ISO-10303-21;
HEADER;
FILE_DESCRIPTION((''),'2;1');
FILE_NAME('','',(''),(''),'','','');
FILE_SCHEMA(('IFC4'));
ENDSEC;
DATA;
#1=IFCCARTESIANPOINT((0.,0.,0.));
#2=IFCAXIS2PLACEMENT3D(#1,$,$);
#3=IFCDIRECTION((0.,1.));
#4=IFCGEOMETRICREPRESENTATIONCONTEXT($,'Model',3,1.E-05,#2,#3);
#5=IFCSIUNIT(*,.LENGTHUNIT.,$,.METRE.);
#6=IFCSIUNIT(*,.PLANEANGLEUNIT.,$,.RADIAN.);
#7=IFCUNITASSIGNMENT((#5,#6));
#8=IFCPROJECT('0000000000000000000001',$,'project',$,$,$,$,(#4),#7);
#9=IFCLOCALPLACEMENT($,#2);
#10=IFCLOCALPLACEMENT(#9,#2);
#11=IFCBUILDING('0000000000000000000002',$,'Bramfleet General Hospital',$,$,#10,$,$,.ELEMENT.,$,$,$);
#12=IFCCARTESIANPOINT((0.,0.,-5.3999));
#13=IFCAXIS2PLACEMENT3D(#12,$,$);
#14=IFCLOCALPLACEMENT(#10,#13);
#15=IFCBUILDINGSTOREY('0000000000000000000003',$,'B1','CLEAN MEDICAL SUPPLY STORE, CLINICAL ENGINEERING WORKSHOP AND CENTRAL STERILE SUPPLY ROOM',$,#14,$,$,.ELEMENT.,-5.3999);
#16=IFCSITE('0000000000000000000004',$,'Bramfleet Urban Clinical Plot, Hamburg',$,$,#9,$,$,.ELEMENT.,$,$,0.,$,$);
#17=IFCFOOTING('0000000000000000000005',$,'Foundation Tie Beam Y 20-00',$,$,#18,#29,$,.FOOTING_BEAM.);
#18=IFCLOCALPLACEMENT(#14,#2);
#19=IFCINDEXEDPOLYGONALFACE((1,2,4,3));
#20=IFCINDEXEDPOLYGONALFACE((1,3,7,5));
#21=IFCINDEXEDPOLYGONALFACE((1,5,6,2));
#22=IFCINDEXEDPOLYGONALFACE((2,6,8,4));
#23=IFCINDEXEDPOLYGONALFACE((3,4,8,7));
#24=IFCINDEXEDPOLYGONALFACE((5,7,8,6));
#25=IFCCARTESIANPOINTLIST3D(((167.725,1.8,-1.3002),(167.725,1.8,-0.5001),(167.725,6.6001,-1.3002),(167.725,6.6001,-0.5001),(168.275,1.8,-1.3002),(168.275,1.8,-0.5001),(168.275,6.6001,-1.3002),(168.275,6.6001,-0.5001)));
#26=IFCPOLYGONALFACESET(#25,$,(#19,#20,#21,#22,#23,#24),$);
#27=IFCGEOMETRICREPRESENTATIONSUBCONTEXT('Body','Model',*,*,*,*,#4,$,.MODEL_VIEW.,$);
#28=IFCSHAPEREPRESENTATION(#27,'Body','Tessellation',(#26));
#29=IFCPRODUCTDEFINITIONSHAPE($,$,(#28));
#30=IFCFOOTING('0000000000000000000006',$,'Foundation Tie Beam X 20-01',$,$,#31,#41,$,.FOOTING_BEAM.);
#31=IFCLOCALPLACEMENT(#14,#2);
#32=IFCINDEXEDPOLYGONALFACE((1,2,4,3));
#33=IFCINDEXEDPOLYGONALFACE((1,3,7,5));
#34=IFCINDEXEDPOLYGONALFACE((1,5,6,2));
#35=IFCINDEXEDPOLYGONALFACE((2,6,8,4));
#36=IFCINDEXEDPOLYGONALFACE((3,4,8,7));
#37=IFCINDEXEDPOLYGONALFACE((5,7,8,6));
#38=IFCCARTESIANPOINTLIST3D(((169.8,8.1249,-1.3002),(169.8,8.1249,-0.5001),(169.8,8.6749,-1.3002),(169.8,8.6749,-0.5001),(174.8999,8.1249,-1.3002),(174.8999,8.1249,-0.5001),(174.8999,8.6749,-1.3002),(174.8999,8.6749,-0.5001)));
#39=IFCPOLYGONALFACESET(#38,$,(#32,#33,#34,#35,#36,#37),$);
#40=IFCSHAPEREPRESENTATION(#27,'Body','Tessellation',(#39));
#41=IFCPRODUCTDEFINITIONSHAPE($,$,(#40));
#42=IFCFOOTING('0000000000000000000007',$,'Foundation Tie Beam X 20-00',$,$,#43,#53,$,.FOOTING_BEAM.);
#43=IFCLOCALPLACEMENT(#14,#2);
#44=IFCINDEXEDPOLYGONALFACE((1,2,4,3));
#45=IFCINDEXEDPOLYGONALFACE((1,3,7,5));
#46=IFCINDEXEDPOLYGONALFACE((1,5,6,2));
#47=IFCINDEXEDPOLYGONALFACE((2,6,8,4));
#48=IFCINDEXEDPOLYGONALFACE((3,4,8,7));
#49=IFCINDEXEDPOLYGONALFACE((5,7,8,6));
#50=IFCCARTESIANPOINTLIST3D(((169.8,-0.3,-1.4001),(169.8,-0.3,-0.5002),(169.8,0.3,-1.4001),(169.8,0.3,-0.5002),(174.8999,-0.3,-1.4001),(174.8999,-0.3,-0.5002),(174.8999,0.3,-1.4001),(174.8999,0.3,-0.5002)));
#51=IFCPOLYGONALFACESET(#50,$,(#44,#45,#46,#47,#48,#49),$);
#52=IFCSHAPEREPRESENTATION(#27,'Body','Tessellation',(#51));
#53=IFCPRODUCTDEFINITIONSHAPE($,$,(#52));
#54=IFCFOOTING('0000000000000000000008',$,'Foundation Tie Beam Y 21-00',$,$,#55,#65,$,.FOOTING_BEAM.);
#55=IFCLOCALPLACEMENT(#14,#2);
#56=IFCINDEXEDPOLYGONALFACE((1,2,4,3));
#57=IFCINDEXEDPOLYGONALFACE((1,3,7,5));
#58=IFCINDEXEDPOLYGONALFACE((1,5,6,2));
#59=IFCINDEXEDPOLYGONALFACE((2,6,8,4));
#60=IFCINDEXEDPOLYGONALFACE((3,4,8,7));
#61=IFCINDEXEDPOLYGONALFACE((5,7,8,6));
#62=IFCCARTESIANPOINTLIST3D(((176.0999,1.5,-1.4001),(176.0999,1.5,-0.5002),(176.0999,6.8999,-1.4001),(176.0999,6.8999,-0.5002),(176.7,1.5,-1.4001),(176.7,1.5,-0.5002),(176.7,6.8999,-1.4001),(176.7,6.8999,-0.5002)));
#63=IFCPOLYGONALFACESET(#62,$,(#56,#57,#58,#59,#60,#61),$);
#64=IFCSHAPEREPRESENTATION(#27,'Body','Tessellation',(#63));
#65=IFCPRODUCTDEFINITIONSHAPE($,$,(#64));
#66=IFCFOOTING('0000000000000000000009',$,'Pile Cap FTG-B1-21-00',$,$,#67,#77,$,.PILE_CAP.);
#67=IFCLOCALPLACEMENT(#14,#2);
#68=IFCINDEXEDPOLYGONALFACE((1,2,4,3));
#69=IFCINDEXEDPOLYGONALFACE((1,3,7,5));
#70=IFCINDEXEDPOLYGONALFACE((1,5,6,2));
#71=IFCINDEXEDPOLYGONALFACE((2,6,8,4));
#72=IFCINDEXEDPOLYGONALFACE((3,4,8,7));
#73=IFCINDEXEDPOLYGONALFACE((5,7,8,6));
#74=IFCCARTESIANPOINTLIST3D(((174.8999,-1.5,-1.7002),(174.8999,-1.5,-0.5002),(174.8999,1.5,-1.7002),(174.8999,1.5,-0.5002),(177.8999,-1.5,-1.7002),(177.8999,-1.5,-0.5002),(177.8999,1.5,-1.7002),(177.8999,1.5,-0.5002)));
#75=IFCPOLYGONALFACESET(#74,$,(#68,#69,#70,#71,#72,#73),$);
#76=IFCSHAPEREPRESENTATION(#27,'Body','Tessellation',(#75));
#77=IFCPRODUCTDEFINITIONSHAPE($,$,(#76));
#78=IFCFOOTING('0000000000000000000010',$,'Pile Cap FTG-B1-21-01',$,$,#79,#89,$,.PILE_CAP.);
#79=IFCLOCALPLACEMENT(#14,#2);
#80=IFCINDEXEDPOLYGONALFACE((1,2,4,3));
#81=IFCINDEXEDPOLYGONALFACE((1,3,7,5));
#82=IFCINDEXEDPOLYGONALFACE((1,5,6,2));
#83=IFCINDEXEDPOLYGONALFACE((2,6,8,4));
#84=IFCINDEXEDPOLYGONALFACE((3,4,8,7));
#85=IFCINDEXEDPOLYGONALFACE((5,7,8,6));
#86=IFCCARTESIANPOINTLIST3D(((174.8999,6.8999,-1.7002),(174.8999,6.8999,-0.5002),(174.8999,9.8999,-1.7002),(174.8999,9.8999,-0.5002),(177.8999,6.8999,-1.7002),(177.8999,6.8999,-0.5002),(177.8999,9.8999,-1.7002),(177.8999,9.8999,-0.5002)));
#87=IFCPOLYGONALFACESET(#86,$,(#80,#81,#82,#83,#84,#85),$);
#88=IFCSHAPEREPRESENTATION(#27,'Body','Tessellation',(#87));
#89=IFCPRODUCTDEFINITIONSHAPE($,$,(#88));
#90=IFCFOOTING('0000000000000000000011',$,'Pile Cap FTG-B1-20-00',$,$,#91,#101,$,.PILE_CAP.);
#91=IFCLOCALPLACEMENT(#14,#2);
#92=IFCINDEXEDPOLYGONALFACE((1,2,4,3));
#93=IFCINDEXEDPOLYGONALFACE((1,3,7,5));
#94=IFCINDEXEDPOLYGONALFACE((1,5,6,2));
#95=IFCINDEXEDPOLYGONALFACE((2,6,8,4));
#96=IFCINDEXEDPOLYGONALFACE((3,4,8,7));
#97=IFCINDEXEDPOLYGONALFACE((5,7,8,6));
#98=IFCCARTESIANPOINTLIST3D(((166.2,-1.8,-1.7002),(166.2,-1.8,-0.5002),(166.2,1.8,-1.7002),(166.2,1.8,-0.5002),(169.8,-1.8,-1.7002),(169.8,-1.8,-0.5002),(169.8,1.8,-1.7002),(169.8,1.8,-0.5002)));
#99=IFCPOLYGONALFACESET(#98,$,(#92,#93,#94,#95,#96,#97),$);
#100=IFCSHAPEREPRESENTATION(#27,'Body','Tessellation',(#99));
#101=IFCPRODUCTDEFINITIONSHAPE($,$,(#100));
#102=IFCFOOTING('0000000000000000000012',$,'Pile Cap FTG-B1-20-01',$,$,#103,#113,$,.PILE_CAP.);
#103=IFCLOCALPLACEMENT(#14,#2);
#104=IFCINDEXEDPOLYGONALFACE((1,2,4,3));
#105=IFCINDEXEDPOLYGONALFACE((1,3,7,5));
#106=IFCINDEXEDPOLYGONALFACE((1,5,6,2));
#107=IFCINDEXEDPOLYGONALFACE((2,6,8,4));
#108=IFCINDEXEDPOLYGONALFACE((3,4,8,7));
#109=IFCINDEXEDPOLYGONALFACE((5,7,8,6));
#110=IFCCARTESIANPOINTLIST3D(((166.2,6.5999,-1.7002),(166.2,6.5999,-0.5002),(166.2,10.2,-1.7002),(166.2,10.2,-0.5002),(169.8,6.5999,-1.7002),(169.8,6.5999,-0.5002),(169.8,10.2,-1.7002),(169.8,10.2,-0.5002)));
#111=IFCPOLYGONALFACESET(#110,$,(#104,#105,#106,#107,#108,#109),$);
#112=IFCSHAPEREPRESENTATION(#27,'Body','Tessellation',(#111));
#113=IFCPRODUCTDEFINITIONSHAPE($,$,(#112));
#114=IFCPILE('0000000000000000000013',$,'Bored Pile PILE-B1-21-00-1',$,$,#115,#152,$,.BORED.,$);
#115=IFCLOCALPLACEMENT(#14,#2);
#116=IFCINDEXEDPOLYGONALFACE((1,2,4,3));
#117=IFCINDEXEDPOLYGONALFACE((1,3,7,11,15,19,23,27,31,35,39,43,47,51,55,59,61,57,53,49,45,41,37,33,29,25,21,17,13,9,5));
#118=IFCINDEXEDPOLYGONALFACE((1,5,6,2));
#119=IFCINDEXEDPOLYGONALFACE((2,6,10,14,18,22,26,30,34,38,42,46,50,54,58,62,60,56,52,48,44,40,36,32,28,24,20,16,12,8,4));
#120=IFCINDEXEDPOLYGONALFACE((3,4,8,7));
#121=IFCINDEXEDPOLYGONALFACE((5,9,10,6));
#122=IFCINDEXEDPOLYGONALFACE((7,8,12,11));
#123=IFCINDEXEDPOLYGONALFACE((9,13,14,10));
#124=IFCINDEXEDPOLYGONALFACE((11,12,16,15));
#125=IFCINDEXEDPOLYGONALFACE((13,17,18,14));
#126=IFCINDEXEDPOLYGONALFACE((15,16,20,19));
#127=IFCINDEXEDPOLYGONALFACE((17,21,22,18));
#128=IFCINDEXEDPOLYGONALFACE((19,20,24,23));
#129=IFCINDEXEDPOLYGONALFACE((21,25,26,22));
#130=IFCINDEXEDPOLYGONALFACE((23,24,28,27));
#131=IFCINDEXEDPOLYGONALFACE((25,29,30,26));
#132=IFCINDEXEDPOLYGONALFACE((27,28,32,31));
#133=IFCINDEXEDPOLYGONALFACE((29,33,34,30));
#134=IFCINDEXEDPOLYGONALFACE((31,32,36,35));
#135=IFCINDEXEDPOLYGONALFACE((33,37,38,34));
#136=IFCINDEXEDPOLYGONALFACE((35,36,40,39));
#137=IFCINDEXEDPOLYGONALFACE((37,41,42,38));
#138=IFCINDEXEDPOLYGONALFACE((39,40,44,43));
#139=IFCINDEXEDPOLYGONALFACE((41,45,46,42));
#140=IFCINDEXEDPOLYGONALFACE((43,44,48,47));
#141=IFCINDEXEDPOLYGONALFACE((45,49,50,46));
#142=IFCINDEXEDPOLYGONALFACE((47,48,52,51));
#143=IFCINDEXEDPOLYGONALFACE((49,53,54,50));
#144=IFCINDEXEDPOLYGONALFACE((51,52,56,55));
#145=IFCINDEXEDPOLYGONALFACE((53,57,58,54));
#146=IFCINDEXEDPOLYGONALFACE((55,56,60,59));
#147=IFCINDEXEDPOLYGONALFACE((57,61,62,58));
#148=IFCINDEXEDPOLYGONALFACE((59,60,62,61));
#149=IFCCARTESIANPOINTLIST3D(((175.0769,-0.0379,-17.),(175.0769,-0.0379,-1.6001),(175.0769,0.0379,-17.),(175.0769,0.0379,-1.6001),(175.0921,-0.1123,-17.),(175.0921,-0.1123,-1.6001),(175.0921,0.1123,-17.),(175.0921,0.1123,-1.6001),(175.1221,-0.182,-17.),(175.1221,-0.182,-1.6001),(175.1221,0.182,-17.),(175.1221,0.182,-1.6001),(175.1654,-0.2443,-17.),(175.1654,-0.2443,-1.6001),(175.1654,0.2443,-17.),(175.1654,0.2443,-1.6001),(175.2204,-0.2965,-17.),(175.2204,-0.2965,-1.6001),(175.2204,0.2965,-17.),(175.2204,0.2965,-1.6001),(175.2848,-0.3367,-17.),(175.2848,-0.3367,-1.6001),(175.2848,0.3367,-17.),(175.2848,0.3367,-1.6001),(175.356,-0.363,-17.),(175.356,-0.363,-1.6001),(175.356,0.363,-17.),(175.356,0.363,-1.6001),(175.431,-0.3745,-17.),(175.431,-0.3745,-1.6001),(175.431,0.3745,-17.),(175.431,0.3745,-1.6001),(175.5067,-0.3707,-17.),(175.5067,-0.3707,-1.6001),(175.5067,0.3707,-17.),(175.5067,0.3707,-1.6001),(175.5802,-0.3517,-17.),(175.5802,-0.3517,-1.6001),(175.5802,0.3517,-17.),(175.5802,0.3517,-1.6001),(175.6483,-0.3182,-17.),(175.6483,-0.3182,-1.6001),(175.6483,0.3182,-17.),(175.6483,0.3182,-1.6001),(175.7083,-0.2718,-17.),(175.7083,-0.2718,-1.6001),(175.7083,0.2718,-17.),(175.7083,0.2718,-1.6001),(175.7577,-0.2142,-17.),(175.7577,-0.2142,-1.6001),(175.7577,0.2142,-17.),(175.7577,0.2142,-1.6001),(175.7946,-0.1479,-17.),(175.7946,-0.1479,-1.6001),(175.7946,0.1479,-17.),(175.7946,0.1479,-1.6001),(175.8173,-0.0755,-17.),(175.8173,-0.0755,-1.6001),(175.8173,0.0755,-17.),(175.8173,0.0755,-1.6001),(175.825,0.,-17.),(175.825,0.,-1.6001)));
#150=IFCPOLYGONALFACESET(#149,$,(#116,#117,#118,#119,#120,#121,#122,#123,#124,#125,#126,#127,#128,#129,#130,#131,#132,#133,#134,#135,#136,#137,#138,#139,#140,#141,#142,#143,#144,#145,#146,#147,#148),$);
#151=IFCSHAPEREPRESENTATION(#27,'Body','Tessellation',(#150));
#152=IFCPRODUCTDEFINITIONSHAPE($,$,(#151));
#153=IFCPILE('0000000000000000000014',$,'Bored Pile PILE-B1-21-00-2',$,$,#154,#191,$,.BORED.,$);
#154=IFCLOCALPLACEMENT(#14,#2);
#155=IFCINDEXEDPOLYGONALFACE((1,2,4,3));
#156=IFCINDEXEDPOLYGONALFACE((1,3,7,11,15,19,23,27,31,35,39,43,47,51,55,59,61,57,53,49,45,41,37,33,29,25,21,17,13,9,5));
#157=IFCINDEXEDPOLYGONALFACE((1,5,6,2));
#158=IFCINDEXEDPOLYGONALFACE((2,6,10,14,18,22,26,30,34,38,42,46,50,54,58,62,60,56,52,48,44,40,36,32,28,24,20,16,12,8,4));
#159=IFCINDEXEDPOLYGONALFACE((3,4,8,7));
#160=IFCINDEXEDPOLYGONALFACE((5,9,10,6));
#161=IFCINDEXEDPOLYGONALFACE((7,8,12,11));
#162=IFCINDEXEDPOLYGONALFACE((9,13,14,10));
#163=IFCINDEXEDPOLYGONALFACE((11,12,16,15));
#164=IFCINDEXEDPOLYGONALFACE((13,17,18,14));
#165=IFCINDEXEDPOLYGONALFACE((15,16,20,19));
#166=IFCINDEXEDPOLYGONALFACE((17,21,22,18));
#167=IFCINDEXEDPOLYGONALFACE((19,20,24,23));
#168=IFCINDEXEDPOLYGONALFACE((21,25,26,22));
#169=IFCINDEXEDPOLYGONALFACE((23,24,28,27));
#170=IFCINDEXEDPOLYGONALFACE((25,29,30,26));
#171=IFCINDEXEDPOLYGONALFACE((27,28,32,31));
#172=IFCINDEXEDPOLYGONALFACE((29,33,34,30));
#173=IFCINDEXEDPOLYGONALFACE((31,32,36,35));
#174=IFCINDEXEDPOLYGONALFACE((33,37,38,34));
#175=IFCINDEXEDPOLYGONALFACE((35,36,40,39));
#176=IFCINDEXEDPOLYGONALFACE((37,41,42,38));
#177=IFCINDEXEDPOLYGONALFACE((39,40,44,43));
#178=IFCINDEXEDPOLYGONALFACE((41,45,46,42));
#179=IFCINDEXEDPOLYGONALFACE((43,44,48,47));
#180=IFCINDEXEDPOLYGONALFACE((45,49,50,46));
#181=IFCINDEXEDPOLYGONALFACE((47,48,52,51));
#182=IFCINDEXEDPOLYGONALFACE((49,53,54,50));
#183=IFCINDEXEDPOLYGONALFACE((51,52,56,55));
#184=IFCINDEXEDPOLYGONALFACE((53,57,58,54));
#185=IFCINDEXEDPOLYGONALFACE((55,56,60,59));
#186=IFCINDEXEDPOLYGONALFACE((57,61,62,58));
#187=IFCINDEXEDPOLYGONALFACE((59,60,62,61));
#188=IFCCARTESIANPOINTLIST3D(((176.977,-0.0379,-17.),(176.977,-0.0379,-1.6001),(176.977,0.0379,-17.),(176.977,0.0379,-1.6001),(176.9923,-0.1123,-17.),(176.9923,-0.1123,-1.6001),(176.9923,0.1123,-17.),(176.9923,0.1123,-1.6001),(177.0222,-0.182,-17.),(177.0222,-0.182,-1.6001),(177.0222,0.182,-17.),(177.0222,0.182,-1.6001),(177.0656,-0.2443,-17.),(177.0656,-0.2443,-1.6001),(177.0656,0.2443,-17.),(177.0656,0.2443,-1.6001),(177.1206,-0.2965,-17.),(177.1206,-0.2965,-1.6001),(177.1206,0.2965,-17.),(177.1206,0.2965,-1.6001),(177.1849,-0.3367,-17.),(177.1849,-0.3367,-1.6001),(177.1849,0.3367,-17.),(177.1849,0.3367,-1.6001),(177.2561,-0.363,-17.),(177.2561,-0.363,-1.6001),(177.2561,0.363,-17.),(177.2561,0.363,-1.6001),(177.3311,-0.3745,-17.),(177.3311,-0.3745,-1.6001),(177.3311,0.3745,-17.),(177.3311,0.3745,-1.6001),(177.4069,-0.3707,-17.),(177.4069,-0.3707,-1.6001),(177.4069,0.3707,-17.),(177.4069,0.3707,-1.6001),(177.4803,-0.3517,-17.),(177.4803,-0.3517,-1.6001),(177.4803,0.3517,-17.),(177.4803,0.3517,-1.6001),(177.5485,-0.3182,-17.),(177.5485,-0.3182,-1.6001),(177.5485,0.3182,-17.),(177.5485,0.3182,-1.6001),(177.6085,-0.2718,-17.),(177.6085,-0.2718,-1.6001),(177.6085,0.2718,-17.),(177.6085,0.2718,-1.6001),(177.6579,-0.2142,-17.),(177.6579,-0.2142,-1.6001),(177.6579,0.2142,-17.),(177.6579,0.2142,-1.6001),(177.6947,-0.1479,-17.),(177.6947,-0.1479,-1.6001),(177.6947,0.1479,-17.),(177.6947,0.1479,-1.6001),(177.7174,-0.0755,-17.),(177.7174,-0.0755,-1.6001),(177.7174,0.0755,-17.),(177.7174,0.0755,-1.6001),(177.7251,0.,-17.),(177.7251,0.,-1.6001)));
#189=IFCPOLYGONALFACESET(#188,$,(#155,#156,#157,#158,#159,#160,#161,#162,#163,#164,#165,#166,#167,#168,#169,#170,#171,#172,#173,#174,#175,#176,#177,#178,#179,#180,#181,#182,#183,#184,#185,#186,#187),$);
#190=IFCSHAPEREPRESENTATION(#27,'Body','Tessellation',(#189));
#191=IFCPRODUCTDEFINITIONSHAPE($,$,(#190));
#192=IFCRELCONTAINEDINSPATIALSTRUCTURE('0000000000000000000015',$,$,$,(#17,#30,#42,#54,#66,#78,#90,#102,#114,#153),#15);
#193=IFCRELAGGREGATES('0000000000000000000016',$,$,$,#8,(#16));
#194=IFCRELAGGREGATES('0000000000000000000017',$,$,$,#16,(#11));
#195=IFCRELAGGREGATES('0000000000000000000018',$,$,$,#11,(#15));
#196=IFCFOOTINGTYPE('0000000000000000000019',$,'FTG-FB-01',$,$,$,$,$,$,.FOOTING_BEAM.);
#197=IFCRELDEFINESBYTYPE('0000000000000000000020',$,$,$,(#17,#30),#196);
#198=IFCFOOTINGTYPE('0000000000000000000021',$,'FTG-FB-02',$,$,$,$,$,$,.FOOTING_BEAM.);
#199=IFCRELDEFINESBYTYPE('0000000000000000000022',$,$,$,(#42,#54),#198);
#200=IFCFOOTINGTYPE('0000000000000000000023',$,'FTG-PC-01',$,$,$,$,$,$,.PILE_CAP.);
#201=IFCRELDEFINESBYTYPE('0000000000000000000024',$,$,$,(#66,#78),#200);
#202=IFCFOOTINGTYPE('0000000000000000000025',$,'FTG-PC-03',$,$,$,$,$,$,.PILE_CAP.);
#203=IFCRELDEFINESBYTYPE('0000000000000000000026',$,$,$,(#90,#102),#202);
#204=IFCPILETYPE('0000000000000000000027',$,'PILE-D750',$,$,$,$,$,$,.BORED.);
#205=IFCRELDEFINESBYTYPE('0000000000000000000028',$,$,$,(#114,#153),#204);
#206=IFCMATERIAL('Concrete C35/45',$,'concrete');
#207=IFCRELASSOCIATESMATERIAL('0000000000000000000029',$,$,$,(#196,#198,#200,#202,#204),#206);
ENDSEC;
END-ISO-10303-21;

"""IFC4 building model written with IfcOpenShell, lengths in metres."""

from ifc_helpers import new_model, si_unit, direction, frame, origin, origin_2d, place, context, subcontext, project, spatial, rectangle, circle, extrude, material, material_profile, profile_set, type_object, element, save


model = new_model("IFC4")

# Units and contexts
model_context = context("Model", 3, precision=1e-05, world=origin(), true_north=direction((0.0, 1.0)))
body_context = subcontext(model_context, "Body", "Model", "MODEL_VIEW")
ifc_project = project(units=[si_unit("LENGTHUNIT", "METRE"), si_unit("PLANEANGLEUNIT", "RADIAN")], contexts=[model_context])

# Site, building, storey
site_placement = place(None, origin())
site = spatial("IfcSite", under=ifc_project, at=site_placement, Name="Bramfleet Urban Clinical Plot, Hamburg", CompositionType="ELEMENT", RefElevation=0.0)
building_placement = place(site_placement, origin())
building = spatial("IfcBuilding", under=site, at=building_placement, Name="Bramfleet General Hospital", CompositionType="ELEMENT")
storey_placement = place(building_placement, frame((0.0, 0.0, -5.3999)))
storey = spatial("IfcBuildingStorey", under=building, at=storey_placement, Name="B1", Description="CLEAN MEDICAL SUPPLY STORE, CLINICAL ENGINEERING WORKSHOP AND CENTRAL STERILE SUPPLY ROOM", CompositionType="ELEMENT", Elevation=-5.3999)

# Footings
ifc_material_1 = material(Name="Concrete C35/45", Category="concrete")
ifc_material_profile_1 = material_profile(ifc_material_1, rectangle(XDim=0.55, YDim=0.8, at=origin_2d()), Name="RC FB 800x550")
ifc_profile_set_1 = profile_set([ifc_material_profile_1], Name="Concrete C35/45")
footing_type_1 = type_object("IfcFootingType", Name="FTG-FB-01", PredefinedType="FOOTING_BEAM", material=ifc_profile_set_1)
footing_1_placement = place(storey_placement, frame((168.0, 1.8, -0.9001), z_axis=(0.0, 1.0, 0.0), x_axis=(-1.0, 0.0, 0.0)))
element("IfcFooting", 1, at=footing_1_placement, inside=storey, type_object=footing_type_1, Name="Foundation Tie Beam Y 20-00", PredefinedType="FOOTING_BEAM", context=body_context, shape_type="SweptSolid", body=[
    extrude(rectangle(XDim=0.55, YDim=0.8, at=origin_2d()), origin(), (0.0, 0.0, 1.0), 4.8),
])
footing_2_placement = place(storey_placement, frame((169.8, 8.3999, -0.9001), z_axis=(1.0, 0.0, 0.0), x_axis=(0.0, 1.0, 0.0)))
element("IfcFooting", 2, at=footing_2_placement, inside=storey, type_object=footing_type_1, Name="Foundation Tie Beam X 20-01", PredefinedType="FOOTING_BEAM", context=body_context, shape_type="SweptSolid", body=[
    extrude(rectangle(XDim=0.55, YDim=0.8, at=origin_2d()), origin(), (0.0, 0.0, 1.0), 5.0999),
])
ifc_material_profile_2 = material_profile(ifc_material_1, rectangle(XDim=0.6001, YDim=0.8999, at=origin_2d()), Name="RC FB 900x600")
ifc_profile_set_2 = profile_set([ifc_material_profile_2], Name="Concrete C35/45")
footing_type_2 = type_object("IfcFootingType", Name="FTG-FB-02", PredefinedType="FOOTING_BEAM", material=ifc_profile_set_2)
footing_3_placement = place(storey_placement, frame((169.8, 0.0, -0.9502), z_axis=(1.0, 0.0, 0.0), x_axis=(0.0, 1.0, 0.0)))
element("IfcFooting", 3, at=footing_3_placement, inside=storey, type_object=footing_type_2, Name="Foundation Tie Beam X 20-00", PredefinedType="FOOTING_BEAM", context=body_context, shape_type="SweptSolid", body=[
    extrude(rectangle(XDim=0.6001, YDim=0.8999, at=origin_2d()), origin(), (0.0, 0.0, 1.0), 5.0999),
])
footing_4_placement = place(storey_placement, frame((176.3999, 1.5, -0.9502), z_axis=(0.0, 1.0, 0.0), x_axis=(-1.0, 0.0, 0.0)))
element("IfcFooting", 4, at=footing_4_placement, inside=storey, type_object=footing_type_2, Name="Foundation Tie Beam Y 21-00", PredefinedType="FOOTING_BEAM", context=body_context, shape_type="SweptSolid", body=[
    extrude(rectangle(XDim=0.6001, YDim=0.8999, at=origin_2d()), origin(), (0.0, 0.0, 1.0), 5.3999),
])
footing_type_3 = type_object("IfcFootingType", Name="FTG-PC-01", PredefinedType="PILE_CAP", material=ifc_material_1)
for number, where, z_axis, x_axis, name in (
    (5, (176.3999, 0.0, -1.7002), (0.0, 0.0, 1.0), (1.0, 0.0, 0.0), "Pile Cap FTG-B1-21-00"),
    (6, (176.3999, 8.3999, -1.7002), (0.0, 0.0, 1.0), (1.0, 0.0, 0.0), "Pile Cap FTG-B1-21-01"),
):
    element("IfcFooting", number, at=place(storey_placement, frame(where, z_axis=z_axis, x_axis=x_axis)), inside=storey, type_object=footing_type_3, Name=name, PredefinedType="PILE_CAP", context=body_context, shape_type="SweptSolid", body=[
        extrude(rectangle(XDim=3.0, YDim=3.0, at=origin_2d()), origin(), (0.0, 0.0, 1.0), 1.2),
    ])
footing_type_4 = type_object("IfcFootingType", Name="FTG-PC-03", PredefinedType="PILE_CAP", material=ifc_material_1)
for number, where, z_axis, x_axis, name in (
    (7, (168.0, 0.0, -1.7002), (0.0, 0.0, 1.0), (1.0, 0.0, 0.0), "Pile Cap FTG-B1-20-00"),
    (8, (168.0, 8.3999, -1.7002), (0.0, 0.0, 1.0), (1.0, 0.0, 0.0), "Pile Cap FTG-B1-20-01"),
):
    element("IfcFooting", number, at=place(storey_placement, frame(where, z_axis=z_axis, x_axis=x_axis)), inside=storey, type_object=footing_type_4, Name=name, PredefinedType="PILE_CAP", context=body_context, shape_type="SweptSolid", body=[
        extrude(rectangle(XDim=3.6001, YDim=3.6001, at=origin_2d()), origin(), (0.0, 0.0, 1.0), 1.2),
    ])

# Piles
ifc_material_profile_3 = material_profile(ifc_material_1, circle(Radius=0.375, at=origin_2d()), Name="PILE BORED D750")
ifc_profile_set_3 = profile_set([ifc_material_profile_3], Name="Concrete C35/45")
pile_type_1 = type_object("IfcPileType", Name="PILE-D750", PredefinedType="BORED", material=ifc_profile_set_3)
for number, where, z_axis, x_axis, name in (
    (9, (175.45, 0.0, -1.6001), (0.0, 0.0, -1.0), (1.0, 0.0, 0.0), "Bored Pile PILE-B1-21-00-1"),
    (10, (177.3501, 0.0, -1.6001), (0.0, 0.0, -1.0), (1.0, 0.0, 0.0), "Bored Pile PILE-B1-21-00-2"),
):
    element("IfcPile", number, at=place(storey_placement, frame(where, z_axis=z_axis, x_axis=x_axis)), inside=storey, type_object=pile_type_1, Name=name, PredefinedType="BORED", context=body_context, shape_type="SweptSolid", body=[
        extrude(circle(Radius=0.375, at=origin_2d()), origin(), (0.0, 0.0, 1.0), 15.3999),
    ])

save(model, "model.ifc")
